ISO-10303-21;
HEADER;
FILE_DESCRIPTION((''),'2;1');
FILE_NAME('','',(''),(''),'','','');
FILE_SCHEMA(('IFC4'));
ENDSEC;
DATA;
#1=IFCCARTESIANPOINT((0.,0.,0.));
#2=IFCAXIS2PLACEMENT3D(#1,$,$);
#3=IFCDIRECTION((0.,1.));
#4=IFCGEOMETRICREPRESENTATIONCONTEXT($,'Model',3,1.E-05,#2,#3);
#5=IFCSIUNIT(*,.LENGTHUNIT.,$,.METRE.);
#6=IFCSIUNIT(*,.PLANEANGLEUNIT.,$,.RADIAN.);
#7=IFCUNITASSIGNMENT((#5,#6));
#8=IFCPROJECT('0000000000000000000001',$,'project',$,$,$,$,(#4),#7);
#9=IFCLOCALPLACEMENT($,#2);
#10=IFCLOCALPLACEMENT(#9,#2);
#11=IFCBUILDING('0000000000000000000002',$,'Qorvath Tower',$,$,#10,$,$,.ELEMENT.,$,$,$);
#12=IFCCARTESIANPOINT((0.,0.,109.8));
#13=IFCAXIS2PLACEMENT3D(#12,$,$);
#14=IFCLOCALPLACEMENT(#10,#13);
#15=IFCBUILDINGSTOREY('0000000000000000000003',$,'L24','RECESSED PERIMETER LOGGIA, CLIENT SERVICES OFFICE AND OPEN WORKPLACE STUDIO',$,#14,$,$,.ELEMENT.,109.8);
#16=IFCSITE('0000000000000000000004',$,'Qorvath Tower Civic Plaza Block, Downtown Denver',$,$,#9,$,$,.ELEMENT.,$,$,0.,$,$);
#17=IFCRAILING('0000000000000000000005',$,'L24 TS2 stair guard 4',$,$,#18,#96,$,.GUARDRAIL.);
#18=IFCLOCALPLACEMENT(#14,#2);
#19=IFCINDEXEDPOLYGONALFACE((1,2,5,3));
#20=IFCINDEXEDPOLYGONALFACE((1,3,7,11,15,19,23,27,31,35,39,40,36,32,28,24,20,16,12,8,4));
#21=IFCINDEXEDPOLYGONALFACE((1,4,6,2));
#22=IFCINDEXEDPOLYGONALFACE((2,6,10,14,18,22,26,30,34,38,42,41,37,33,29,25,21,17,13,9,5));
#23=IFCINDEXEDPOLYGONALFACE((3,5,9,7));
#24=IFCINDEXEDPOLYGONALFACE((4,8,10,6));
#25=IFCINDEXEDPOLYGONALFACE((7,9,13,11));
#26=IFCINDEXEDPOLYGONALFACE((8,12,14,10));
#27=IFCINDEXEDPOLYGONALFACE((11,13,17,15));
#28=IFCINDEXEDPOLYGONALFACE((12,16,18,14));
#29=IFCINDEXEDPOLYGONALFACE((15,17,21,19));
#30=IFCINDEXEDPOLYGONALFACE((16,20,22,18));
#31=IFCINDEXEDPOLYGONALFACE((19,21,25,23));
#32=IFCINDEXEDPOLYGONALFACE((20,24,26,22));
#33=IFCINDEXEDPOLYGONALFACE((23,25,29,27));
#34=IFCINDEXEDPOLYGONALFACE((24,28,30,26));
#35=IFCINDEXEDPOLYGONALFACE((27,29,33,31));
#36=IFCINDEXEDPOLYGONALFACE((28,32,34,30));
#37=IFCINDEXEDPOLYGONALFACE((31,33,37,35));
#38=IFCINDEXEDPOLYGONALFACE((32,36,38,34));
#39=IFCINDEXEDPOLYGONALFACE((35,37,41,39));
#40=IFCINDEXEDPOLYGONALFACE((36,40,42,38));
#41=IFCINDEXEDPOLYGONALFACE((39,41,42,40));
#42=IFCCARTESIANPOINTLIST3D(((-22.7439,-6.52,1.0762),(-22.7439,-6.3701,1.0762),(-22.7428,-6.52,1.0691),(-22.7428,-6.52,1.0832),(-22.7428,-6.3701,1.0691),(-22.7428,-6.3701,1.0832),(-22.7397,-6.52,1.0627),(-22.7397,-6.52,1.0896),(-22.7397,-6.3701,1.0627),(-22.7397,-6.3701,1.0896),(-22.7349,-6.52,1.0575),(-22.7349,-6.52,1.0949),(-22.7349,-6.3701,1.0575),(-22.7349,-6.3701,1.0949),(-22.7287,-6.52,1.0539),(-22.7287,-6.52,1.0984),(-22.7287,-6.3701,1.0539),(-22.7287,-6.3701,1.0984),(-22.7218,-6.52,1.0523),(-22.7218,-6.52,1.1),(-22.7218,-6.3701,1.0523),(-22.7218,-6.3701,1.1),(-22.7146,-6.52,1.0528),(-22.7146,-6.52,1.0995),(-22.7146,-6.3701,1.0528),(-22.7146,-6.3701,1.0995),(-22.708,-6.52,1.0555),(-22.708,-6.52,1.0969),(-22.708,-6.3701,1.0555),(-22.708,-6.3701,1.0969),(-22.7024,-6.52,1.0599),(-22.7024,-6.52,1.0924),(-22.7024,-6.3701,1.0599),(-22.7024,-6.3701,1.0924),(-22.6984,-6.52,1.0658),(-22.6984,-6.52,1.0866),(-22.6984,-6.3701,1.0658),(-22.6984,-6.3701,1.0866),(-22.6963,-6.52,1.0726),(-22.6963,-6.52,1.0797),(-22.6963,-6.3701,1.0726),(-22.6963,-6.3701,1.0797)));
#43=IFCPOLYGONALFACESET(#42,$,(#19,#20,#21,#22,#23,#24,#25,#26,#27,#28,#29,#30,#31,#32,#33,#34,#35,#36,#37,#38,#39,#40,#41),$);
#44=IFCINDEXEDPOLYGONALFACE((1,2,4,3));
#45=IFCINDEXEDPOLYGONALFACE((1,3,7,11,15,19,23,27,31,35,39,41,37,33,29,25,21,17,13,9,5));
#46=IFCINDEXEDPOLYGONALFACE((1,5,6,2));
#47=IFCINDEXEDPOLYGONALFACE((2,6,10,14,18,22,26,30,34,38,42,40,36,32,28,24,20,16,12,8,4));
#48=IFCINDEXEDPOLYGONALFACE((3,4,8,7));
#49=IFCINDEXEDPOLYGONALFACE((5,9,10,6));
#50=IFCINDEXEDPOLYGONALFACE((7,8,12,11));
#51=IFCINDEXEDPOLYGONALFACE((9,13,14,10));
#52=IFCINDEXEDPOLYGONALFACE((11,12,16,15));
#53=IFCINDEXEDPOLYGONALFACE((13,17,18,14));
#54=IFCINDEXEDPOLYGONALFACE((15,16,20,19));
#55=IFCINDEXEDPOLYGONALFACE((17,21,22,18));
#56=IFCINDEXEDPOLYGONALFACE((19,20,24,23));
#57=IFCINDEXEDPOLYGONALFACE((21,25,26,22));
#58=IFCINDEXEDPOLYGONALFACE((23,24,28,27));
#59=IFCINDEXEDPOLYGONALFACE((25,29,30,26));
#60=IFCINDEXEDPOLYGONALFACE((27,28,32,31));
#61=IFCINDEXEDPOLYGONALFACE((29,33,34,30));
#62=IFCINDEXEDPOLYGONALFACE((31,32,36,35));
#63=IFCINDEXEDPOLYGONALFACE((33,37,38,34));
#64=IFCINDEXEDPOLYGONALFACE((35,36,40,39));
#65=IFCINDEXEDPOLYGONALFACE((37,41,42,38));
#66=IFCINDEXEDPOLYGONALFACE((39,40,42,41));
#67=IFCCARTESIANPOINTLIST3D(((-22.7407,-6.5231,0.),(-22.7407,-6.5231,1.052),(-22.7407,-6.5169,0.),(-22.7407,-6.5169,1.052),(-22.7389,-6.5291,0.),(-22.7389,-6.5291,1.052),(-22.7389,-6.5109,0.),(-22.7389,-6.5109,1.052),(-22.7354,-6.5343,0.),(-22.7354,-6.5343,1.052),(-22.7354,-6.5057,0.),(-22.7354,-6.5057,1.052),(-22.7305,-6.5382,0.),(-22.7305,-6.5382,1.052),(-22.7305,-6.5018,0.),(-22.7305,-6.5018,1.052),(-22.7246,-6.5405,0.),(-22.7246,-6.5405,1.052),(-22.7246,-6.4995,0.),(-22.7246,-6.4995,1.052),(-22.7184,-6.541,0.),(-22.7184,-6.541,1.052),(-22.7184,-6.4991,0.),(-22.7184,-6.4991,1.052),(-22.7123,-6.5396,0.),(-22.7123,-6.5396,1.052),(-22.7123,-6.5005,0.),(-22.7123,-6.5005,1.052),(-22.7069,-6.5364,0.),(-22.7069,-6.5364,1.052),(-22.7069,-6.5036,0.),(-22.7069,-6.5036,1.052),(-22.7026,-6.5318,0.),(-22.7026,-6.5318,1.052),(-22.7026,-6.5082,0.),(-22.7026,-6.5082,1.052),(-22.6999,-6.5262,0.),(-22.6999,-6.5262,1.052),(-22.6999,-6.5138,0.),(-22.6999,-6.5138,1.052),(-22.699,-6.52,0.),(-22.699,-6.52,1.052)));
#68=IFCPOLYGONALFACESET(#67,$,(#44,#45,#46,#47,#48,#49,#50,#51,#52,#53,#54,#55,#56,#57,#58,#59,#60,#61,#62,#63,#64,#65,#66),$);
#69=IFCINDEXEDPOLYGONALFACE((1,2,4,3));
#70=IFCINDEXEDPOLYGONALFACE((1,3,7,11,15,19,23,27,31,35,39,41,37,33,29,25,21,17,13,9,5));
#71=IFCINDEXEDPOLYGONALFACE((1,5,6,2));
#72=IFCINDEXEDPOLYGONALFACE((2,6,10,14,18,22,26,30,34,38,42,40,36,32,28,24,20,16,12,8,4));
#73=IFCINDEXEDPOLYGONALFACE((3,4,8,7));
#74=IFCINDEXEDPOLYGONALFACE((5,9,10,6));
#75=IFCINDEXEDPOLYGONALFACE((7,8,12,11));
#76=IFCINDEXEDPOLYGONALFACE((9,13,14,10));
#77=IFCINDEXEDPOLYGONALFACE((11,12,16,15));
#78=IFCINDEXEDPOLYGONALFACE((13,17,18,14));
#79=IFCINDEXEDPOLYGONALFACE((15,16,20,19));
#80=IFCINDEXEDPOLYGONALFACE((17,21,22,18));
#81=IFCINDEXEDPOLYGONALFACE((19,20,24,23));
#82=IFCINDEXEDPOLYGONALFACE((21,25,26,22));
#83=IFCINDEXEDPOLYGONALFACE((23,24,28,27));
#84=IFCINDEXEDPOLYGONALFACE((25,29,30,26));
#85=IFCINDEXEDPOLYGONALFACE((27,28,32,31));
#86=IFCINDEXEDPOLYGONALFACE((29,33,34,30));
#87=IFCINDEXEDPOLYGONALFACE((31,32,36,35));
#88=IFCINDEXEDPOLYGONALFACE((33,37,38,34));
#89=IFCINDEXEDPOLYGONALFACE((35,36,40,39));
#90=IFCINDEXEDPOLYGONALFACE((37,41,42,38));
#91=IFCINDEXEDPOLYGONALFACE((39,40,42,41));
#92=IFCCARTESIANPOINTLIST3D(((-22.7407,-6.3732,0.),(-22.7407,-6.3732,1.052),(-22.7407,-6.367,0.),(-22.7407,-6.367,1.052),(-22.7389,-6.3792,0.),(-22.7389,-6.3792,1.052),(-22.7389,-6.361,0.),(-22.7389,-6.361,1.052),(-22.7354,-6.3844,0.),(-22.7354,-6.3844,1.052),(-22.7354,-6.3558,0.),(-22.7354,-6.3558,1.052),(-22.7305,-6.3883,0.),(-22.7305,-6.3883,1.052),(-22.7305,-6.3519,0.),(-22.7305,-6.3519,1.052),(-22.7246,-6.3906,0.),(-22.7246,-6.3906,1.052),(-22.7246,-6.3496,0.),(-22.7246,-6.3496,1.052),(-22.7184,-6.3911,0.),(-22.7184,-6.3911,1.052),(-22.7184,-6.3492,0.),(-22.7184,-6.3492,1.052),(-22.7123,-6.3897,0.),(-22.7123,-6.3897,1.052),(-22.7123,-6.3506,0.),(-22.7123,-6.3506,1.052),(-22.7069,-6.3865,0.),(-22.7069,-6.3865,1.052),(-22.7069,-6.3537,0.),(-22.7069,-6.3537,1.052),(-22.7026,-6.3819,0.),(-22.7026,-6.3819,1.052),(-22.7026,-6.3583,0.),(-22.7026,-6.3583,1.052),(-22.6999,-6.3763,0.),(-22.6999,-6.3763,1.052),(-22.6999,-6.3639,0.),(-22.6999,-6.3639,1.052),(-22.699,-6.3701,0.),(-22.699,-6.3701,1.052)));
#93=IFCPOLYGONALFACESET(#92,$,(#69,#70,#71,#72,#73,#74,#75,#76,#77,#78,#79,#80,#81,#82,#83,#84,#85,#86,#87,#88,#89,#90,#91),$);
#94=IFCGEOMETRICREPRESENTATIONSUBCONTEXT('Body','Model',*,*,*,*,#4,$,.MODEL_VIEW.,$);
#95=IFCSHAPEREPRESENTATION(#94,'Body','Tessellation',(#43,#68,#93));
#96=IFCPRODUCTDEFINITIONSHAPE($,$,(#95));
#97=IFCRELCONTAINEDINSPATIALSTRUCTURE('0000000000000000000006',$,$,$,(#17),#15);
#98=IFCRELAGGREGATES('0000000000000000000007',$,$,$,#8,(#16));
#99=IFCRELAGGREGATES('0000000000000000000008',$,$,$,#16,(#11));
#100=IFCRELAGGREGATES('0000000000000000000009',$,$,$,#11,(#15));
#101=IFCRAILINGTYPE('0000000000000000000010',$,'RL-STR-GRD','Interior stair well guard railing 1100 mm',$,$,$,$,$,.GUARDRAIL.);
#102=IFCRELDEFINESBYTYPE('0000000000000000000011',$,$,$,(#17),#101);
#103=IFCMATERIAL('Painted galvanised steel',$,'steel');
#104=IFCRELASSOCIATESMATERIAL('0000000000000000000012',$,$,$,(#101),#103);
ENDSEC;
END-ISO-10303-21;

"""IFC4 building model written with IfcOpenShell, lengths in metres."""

from ifc_helpers import new_model, si_unit, direction, frame, origin, origin_2d, place, context, subcontext, project, spatial, circle, extrude, material, type_object, element, save


model = new_model("IFC4")

# Units and contexts
model_context = context("Model", 3, precision=1e-05, world=origin(), true_north=direction((0.0, 1.0)))
body_context = subcontext(model_context, "Body", "Model", "MODEL_VIEW")
ifc_project = project(units=[si_unit("LENGTHUNIT", "METRE"), si_unit("PLANEANGLEUNIT", "RADIAN")], contexts=[model_context])

# Site, building, storey
site_placement = place(None, origin())
site = spatial("IfcSite", under=ifc_project, at=site_placement, Name="Qorvath Tower Civic Plaza Block, Downtown Denver", CompositionType="ELEMENT", RefElevation=0.0)
building_placement = place(site_placement, origin())
building = spatial("IfcBuilding", under=site, at=building_placement, Name="Qorvath Tower", CompositionType="ELEMENT")
storey_placement = place(building_placement, frame((0.0, 0.0, 109.8)))
storey = spatial("IfcBuildingStorey", under=building, at=storey_placement, Name="L24", Description="RECESSED PERIMETER LOGGIA, CLIENT SERVICES OFFICE AND OPEN WORKPLACE STUDIO", CompositionType="ELEMENT", Elevation=109.8)

# Railing
ifc_material_1 = material(Name="Painted galvanised steel", Category="steel")
railing_type_1 = type_object("IfcRailingType", Name="RL-STR-GRD", Description="Interior stair well guard railing 1100 mm", PredefinedType="GUARDRAIL", material=ifc_material_1)
railing_1_placement = place(storey_placement, frame((-22.72, -6.52, 0.0)))
element("IfcRailing", 1, at=railing_1_placement, inside=storey, type_object=railing_type_1, Name="L24 TS2 stair guard 4", PredefinedType="GUARDRAIL", context=body_context, shape_type="SweptSolid", body=[
    extrude(circle(Radius=0.0239, at=origin_2d()), frame((0.0, 0.0, 1.0762), z_axis=(0.0, 1.0, 0.0), x_axis=(-1.0, 0.0, 0.0)), (0.0, 0.0, 1.0), 0.1499),
    extrude(circle(Radius=0.021, at=origin_2d()), origin(), (0.0, 0.0, 1.0), 1.052),
    extrude(circle(Radius=0.021, at=origin_2d()), frame((0.0, 0.1499, 0.0)), (0.0, 0.0, 1.0), 1.052),
])

save(model, "model.ifc")
